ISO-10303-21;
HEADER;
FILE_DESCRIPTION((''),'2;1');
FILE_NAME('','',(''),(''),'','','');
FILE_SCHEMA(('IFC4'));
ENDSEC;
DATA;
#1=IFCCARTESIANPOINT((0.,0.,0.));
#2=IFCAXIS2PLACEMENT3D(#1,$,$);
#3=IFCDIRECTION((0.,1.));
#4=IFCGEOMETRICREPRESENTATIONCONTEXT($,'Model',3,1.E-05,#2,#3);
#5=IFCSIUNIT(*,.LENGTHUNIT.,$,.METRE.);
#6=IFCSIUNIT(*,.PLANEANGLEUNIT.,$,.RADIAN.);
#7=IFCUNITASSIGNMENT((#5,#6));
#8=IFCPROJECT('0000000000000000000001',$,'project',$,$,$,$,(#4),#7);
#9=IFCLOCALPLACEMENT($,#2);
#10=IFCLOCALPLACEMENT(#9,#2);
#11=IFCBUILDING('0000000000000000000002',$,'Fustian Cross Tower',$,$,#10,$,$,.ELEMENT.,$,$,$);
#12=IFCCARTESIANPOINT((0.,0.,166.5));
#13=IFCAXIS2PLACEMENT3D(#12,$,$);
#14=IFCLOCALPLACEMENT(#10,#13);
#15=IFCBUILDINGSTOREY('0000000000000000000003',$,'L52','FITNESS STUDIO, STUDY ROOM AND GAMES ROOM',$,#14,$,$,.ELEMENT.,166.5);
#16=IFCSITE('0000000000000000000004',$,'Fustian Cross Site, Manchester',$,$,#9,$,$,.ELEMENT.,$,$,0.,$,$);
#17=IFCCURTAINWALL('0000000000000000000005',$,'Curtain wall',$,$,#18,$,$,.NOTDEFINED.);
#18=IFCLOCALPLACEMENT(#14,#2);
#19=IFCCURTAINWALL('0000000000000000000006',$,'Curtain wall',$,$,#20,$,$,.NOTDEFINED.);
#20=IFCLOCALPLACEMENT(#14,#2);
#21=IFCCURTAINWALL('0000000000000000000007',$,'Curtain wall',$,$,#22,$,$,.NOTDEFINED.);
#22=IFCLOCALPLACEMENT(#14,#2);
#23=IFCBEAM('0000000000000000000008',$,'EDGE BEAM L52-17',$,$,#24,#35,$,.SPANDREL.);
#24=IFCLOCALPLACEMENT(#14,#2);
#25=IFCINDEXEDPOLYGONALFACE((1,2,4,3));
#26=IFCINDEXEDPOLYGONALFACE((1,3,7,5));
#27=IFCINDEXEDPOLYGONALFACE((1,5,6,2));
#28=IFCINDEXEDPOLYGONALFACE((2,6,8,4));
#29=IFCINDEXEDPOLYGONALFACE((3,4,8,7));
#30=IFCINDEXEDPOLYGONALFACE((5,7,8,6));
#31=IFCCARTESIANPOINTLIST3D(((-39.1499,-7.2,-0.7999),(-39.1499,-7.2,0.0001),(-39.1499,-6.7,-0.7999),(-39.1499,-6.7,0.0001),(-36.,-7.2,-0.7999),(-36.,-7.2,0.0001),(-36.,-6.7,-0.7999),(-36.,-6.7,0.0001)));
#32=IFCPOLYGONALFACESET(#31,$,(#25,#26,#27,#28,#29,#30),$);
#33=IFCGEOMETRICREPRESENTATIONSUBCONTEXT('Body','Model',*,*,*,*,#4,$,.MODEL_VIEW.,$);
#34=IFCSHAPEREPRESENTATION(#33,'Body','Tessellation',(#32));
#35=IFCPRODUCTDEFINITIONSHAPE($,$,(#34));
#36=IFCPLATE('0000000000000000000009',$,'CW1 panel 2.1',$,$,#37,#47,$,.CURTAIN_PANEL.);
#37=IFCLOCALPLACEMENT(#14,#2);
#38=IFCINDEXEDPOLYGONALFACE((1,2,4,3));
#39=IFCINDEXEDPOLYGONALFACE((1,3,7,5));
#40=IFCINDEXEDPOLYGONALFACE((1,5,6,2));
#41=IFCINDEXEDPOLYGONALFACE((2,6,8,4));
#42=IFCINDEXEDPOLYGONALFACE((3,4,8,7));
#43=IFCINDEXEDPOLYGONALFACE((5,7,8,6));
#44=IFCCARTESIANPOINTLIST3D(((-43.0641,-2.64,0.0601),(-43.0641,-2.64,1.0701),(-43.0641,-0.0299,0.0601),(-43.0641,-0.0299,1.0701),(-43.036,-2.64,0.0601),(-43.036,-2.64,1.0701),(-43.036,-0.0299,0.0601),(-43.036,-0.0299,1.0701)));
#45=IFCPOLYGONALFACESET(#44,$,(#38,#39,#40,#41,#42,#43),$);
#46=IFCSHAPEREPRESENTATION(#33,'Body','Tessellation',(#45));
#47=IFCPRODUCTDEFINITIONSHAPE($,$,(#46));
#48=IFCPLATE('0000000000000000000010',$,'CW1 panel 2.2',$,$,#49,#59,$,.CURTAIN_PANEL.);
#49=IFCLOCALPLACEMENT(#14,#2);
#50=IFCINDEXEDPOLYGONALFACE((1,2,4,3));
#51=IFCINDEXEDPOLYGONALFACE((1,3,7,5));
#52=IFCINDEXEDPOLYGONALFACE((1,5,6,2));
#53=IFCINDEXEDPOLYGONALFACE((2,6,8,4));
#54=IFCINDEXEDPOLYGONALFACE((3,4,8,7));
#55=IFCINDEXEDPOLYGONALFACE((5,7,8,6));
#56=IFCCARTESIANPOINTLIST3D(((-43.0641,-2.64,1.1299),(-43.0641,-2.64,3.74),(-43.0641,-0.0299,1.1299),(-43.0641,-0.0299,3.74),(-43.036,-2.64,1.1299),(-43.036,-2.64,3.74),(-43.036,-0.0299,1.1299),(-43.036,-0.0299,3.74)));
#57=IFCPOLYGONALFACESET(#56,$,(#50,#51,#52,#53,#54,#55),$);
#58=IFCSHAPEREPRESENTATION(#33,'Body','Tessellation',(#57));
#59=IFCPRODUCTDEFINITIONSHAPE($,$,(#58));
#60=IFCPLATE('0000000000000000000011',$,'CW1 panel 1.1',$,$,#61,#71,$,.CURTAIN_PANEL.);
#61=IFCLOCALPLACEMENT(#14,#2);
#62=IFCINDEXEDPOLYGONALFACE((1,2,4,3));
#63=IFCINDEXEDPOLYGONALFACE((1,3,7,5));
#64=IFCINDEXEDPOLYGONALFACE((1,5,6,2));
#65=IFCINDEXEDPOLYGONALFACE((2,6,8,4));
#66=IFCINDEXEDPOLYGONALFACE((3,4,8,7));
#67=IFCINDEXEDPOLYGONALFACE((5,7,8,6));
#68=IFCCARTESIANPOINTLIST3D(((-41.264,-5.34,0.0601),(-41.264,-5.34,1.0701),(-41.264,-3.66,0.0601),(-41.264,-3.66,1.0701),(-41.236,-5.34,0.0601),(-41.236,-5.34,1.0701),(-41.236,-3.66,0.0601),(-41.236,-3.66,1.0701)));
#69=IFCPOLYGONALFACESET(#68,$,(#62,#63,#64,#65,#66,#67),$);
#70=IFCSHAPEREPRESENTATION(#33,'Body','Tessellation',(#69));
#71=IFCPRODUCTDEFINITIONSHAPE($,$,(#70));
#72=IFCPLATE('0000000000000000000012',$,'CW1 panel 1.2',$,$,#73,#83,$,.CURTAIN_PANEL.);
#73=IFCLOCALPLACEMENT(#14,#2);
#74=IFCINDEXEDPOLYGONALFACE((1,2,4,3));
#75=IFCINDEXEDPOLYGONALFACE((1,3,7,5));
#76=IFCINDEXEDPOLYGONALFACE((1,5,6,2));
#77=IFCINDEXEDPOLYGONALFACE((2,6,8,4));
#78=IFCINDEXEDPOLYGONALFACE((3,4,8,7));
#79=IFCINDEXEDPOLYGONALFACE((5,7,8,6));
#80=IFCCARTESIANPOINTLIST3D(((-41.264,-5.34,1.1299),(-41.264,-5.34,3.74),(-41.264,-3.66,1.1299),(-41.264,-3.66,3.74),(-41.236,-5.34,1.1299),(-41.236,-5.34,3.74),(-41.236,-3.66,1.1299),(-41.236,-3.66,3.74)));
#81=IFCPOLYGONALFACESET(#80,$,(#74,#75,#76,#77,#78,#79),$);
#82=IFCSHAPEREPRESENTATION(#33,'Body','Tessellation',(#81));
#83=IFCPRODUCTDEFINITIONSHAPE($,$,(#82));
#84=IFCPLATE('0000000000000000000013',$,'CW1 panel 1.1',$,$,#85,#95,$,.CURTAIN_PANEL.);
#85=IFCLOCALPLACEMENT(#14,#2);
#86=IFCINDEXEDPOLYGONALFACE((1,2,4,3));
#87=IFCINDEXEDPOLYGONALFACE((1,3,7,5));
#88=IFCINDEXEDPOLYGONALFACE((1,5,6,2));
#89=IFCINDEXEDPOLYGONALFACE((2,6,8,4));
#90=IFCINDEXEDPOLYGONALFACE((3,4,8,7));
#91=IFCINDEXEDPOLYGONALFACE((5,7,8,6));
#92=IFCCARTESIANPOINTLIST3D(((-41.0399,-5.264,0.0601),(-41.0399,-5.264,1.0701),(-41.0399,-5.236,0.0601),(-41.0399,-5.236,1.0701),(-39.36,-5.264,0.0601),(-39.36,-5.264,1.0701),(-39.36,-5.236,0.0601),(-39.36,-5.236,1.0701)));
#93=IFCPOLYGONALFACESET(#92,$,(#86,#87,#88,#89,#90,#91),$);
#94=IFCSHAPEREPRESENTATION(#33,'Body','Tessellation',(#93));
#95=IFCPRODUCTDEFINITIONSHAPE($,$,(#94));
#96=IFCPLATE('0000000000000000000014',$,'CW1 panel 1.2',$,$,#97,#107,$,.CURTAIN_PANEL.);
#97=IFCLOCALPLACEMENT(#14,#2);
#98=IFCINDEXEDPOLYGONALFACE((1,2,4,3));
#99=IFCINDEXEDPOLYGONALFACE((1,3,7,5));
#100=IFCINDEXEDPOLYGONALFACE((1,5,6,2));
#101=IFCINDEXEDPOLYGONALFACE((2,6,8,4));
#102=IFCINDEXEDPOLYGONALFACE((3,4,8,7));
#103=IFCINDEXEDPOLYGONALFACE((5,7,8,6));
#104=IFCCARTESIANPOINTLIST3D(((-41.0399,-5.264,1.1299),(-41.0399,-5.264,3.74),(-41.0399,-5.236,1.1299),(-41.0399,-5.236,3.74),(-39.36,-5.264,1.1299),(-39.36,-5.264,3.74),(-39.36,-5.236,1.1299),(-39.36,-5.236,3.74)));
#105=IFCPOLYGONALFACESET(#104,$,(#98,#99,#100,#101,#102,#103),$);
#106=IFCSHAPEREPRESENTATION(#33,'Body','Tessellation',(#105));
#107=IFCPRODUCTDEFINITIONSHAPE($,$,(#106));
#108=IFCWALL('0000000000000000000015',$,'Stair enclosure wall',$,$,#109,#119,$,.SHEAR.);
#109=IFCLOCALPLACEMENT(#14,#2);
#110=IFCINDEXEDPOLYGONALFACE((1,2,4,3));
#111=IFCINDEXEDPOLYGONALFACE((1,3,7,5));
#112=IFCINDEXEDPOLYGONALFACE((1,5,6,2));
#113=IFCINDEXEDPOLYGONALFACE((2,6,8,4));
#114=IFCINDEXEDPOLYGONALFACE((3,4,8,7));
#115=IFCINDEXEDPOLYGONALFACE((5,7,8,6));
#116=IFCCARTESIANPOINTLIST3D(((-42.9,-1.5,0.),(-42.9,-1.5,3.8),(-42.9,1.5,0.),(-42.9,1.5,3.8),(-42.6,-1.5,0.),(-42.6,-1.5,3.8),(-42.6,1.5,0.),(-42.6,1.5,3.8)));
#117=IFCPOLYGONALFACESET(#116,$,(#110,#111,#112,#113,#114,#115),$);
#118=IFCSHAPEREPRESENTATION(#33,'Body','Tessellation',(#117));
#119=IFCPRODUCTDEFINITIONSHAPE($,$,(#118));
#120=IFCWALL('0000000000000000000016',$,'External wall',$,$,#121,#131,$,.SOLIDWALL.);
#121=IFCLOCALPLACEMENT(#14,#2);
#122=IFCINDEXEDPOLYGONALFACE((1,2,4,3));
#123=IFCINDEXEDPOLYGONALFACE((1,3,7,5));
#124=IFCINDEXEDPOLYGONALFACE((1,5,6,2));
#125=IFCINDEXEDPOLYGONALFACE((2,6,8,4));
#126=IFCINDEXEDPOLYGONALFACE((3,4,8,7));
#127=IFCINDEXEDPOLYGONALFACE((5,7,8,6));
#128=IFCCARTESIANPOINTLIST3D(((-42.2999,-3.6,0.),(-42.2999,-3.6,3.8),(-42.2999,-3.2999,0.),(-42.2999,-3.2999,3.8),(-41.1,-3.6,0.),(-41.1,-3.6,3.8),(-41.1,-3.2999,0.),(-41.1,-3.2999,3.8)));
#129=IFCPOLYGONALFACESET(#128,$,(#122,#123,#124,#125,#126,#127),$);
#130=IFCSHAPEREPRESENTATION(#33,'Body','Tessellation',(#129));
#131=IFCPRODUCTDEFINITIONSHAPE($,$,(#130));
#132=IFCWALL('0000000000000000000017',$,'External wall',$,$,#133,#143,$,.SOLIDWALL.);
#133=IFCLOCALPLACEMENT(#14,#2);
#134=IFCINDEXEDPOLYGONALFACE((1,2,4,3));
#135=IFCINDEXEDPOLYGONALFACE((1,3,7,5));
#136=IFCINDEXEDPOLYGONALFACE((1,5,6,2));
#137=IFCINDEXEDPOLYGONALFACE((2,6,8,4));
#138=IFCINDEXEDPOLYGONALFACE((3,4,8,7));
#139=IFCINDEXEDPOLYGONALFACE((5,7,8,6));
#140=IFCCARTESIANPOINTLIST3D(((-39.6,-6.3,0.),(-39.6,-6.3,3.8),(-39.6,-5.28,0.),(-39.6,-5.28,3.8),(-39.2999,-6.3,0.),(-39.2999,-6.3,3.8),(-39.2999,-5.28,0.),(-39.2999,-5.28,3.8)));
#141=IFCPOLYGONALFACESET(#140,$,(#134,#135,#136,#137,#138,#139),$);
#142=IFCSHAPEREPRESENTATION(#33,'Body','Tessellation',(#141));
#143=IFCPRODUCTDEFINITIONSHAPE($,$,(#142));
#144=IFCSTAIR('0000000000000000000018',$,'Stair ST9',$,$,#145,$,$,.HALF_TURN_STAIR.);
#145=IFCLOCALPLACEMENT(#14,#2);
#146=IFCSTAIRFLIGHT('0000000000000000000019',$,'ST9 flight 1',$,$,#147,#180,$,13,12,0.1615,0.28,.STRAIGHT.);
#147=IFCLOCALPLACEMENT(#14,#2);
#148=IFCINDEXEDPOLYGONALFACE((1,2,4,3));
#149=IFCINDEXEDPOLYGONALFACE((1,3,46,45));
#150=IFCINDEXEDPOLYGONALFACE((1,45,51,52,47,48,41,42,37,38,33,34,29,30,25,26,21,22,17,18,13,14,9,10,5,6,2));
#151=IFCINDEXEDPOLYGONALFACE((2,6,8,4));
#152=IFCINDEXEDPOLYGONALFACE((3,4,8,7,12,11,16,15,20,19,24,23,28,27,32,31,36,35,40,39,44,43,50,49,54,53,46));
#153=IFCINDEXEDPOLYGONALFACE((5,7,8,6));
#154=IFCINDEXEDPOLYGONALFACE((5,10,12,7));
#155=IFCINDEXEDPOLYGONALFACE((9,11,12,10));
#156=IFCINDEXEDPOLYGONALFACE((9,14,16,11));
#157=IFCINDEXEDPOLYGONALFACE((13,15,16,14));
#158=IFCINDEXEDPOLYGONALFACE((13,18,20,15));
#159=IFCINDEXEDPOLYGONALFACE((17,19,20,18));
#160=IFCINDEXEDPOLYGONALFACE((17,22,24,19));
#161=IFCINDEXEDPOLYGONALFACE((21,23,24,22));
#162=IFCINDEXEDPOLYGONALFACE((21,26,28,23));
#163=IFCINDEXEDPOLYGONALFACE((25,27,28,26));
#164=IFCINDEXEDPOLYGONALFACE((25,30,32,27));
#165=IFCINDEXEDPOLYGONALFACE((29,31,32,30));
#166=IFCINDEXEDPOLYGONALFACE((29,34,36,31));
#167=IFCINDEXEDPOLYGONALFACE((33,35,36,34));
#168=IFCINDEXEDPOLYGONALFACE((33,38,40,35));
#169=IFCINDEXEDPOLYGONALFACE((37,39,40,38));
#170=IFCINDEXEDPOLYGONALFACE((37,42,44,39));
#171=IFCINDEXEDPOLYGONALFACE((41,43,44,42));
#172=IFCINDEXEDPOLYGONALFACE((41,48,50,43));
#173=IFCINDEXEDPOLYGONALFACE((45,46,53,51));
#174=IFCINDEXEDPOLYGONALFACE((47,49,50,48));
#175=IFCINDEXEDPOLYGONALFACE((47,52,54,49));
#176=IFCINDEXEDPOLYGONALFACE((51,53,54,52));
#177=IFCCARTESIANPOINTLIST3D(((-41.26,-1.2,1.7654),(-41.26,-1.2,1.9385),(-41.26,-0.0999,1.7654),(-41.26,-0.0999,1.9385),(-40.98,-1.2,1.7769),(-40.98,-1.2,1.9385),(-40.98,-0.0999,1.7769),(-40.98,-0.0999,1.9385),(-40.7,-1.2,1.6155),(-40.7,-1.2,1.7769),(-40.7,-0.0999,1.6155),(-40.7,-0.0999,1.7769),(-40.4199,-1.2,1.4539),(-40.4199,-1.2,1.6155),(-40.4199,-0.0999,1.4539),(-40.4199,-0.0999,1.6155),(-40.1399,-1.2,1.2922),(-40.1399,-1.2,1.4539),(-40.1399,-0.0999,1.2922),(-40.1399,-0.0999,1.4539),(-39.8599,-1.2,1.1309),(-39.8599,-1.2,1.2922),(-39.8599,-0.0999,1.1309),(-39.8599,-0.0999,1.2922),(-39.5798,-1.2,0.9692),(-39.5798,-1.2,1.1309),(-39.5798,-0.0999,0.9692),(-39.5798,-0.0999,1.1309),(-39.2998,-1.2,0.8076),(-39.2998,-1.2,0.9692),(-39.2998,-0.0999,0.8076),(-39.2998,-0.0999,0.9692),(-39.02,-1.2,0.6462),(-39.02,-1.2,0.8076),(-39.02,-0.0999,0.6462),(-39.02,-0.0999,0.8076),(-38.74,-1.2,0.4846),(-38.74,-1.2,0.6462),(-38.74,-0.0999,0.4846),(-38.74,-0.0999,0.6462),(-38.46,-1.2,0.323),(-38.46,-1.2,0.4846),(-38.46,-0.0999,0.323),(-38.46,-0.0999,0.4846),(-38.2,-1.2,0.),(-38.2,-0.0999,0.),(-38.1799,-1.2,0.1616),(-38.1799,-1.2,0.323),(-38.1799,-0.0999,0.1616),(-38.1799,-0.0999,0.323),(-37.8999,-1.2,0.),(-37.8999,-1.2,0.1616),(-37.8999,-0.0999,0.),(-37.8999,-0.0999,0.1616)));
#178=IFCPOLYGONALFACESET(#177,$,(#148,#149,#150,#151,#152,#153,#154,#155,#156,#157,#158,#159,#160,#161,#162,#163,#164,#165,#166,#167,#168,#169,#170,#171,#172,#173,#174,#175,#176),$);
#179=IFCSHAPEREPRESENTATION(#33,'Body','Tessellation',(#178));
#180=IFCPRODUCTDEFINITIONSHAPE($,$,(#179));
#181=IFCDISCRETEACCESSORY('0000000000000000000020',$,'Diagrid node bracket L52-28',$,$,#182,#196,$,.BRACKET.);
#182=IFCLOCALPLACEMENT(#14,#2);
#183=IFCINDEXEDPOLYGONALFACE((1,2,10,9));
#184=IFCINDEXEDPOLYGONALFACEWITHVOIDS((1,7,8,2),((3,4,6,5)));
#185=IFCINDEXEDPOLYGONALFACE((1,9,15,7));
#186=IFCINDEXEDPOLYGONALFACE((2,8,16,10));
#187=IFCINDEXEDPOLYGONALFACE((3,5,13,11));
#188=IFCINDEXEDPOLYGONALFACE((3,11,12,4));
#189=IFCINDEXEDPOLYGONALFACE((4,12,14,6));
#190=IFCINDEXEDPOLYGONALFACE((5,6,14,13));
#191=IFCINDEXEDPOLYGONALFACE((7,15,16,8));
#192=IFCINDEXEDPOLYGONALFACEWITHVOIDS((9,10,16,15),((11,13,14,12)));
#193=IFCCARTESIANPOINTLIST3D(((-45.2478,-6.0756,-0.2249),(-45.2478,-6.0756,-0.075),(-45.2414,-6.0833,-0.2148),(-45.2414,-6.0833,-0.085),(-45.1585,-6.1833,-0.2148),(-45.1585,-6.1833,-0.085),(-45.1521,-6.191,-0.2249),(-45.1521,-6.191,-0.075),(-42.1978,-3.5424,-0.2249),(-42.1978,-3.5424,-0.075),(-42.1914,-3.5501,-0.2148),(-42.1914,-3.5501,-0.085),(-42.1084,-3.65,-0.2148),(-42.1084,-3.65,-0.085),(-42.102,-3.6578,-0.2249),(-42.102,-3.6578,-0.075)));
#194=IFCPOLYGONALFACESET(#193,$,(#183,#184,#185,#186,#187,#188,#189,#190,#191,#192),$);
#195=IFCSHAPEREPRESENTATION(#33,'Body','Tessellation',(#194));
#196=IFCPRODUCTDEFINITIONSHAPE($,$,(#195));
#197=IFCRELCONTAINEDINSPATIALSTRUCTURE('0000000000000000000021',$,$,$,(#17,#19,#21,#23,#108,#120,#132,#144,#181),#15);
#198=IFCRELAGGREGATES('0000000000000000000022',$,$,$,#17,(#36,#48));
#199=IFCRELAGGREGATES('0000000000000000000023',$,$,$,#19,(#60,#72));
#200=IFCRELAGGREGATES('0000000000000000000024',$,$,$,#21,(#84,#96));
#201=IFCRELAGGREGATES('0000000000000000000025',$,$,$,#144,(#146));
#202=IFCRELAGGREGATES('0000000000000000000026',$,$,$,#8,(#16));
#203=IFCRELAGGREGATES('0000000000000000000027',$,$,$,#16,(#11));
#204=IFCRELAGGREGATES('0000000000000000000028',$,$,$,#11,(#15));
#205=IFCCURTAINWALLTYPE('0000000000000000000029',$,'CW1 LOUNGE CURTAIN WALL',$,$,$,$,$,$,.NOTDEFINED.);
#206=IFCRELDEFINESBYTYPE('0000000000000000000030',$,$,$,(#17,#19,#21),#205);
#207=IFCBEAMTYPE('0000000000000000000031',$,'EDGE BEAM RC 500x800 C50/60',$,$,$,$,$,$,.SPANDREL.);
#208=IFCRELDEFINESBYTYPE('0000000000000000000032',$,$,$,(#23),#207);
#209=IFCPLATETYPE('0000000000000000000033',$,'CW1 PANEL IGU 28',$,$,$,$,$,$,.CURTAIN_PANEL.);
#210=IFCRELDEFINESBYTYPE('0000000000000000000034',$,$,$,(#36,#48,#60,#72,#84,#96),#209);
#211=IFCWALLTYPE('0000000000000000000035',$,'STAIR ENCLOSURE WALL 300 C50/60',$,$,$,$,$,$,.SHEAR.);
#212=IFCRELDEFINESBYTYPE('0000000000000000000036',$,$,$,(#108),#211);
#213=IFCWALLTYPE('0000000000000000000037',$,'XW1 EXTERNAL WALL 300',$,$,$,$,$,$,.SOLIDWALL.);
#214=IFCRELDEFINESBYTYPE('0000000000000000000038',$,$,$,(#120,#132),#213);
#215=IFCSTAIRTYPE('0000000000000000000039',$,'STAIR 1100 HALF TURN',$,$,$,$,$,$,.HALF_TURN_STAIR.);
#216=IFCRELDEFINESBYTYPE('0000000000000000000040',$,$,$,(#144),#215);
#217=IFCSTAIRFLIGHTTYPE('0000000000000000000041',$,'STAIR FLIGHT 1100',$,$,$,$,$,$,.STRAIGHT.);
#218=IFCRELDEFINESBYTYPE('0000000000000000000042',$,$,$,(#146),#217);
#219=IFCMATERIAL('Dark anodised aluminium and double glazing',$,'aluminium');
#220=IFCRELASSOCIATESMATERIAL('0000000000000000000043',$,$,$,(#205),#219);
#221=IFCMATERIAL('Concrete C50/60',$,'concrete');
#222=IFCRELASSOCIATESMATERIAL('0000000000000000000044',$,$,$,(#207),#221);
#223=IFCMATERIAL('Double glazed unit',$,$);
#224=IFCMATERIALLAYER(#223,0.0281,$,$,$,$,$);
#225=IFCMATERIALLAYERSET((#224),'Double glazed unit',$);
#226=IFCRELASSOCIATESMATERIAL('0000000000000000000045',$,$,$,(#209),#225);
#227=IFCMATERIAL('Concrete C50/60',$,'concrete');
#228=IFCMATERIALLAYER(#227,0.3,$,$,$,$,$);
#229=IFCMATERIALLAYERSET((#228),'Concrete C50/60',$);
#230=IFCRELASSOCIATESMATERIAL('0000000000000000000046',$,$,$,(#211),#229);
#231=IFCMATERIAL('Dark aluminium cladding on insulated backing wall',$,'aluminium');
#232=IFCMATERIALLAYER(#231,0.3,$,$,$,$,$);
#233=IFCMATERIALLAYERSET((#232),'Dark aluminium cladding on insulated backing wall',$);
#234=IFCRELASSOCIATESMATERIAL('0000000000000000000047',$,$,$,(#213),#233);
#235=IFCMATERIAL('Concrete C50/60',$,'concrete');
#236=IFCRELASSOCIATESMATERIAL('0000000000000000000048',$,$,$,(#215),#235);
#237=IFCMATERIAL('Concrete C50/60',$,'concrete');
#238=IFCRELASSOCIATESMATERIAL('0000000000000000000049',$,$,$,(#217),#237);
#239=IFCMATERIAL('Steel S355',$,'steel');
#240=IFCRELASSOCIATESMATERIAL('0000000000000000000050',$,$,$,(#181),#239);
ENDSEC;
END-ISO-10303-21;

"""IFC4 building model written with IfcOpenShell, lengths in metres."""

from ifc_helpers import new_model, si_unit, direction, frame, frame_2d, origin, origin_2d, place, context, subcontext, project, spatial, polyline, rectangle, hollow_rectangle, outline, extrude, material, layer, layer_set, material_profile, profile_set, type_object, element, aggregate, save


model = new_model("IFC4")

# Units and contexts
model_context = context("Model", 3, precision=1e-05, world=origin(), true_north=direction((0.0, 1.0)))
body_context = subcontext(model_context, "Body", "Model", "MODEL_VIEW")
ifc_project = project(units=[si_unit("LENGTHUNIT", "METRE"), si_unit("PLANEANGLEUNIT", "RADIAN")], contexts=[model_context])

# Site, building, storey
site_placement = place(None, origin())
site = spatial("IfcSite", under=ifc_project, at=site_placement, Name="Fustian Cross Site, Manchester", CompositionType="ELEMENT", RefElevation=0.0)
building_placement = place(site_placement, origin())
building = spatial("IfcBuilding", under=site, at=building_placement, Name="Fustian Cross Tower", CompositionType="ELEMENT")
storey_placement = place(building_placement, frame((0.0, 0.0, 166.5)))
storey = spatial("IfcBuildingStorey", under=building, at=storey_placement, Name="L52", Description="FITNESS STUDIO, STUDY ROOM AND GAMES ROOM", CompositionType="ELEMENT", Elevation=166.5)

# Curtain wall
ifc_material_1 = material(Name="Dark anodised aluminium and double glazing", Category="aluminium")
curtain_wall_type = type_object("IfcCurtainWallType", Name="CW1 LOUNGE CURTAIN WALL", PredefinedType="NOTDEFINED", material=ifc_material_1)
curtain_wall_1_placement = place(storey_placement, origin())
curtain_wall_1 = element("IfcCurtainWall", 1, at=curtain_wall_1_placement, inside=storey, type_object=curtain_wall_type, Name="Curtain wall", PredefinedType="NOTDEFINED")

# Curtain walls
curtain_wall_2_placement = place(storey_placement, origin())
curtain_wall_2 = element("IfcCurtainWall", 2, at=curtain_wall_2_placement, inside=storey, type_object=curtain_wall_type, Name="Curtain wall", PredefinedType="NOTDEFINED")
curtain_wall_3_placement = place(storey_placement, origin())
curtain_wall_3 = element("IfcCurtainWall", 3, at=curtain_wall_3_placement, inside=storey, type_object=curtain_wall_type, Name="Curtain wall", PredefinedType="NOTDEFINED")

# Beam
ifc_material_2 = material(Name="Concrete C50/60", Category="concrete")
ifc_material_profile_1 = material_profile(ifc_material_2, rectangle(XDim=0.5, YDim=0.8, at=origin_2d()), Name="RC 500x800")
ifc_profile_set_1 = profile_set([ifc_material_profile_1], Name="Concrete C50/60")
beam_type = type_object("IfcBeamType", Name="EDGE BEAM RC 500x800 C50/60", PredefinedType="SPANDREL", material=ifc_profile_set_1)
beam_placement = place(storey_placement, frame((-39.1499, -6.95, -0.3999), z_axis=(1.0, 0.0, 0.0), x_axis=(0.0, 1.0, 0.0)))
element("IfcBeam", 4, at=beam_placement, inside=storey, type_object=beam_type, Name="EDGE BEAM L52-17", PredefinedType="SPANDREL", context=body_context, shape_type="SweptSolid", body=[
    extrude(rectangle(XDim=0.5, YDim=0.8, at=origin_2d()), origin(), (0.0, 0.0, 1.0), 3.1499),
])

# Plates
ifc_material_3 = material(Name="Double glazed unit")
ifc_layer_1 = layer(ifc_material_3, 0.0281)
ifc_layer_set_1 = layer_set([ifc_layer_1], Name="Double glazed unit")
plate_type = type_object("IfcPlateType", Name="CW1 PANEL IGU 28", PredefinedType="CURTAIN_PANEL", material=ifc_layer_set_1)
plate_1_placement = place(storey_placement, frame((-43.05, -1.335, 0.0601), z_axis=(0.0, 0.0, 1.0), x_axis=(0.0, -1.0, 0.0)))
plate_1 = element("IfcPlate", 5, at=plate_1_placement, type_object=plate_type, Name="CW1 panel 2.1", PredefinedType="CURTAIN_PANEL", context=body_context, shape_type="SweptSolid", body=[
    extrude(rectangle(XDim=2.6101, YDim=0.0281, at=origin_2d()), origin(), (0.0, 0.0, 1.0), 1.01),
])
plate_2_placement = place(storey_placement, frame((-43.05, -1.335, 1.1299), z_axis=(0.0, 0.0, 1.0), x_axis=(0.0, -1.0, 0.0)))
plate_2 = element("IfcPlate", 6, at=plate_2_placement, type_object=plate_type, Name="CW1 panel 2.2", PredefinedType="CURTAIN_PANEL", context=body_context, shape_type="SweptSolid", body=[
    extrude(rectangle(XDim=2.6101, YDim=0.0281, at=origin_2d()), origin(), (0.0, 0.0, 1.0), 2.6101),
])
aggregate(curtain_wall_1, [plate_1, plate_2])
plate_3_placement = place(storey_placement, frame((-41.25, -4.5, 0.0601), z_axis=(0.0, 0.0, 1.0), x_axis=(0.0, -1.0, 0.0)))
plate_3 = element("IfcPlate", 7, at=plate_3_placement, type_object=plate_type, Name="CW1 panel 1.1", PredefinedType="CURTAIN_PANEL", context=body_context, shape_type="SweptSolid", body=[
    extrude(rectangle(XDim=1.6799, YDim=0.0281, at=origin_2d()), origin(), (0.0, 0.0, 1.0), 1.01),
])
plate_4_placement = place(storey_placement, frame((-41.25, -4.5, 1.1299), z_axis=(0.0, 0.0, 1.0), x_axis=(0.0, -1.0, 0.0)))
plate_4 = element("IfcPlate", 8, at=plate_4_placement, type_object=plate_type, Name="CW1 panel 1.2", PredefinedType="CURTAIN_PANEL", context=body_context, shape_type="SweptSolid", body=[
    extrude(rectangle(XDim=1.6799, YDim=0.0281, at=origin_2d()), origin(), (0.0, 0.0, 1.0), 2.6101),
])
aggregate(curtain_wall_2, [plate_3, plate_4])
plate_5_placement = place(storey_placement, frame((-40.2, -5.25, 0.0601), z_axis=(0.0, 0.0, 1.0), x_axis=(1.0, 0.0, 0.0)))
plate_5 = element("IfcPlate", 9, at=plate_5_placement, type_object=plate_type, Name="CW1 panel 1.1", PredefinedType="CURTAIN_PANEL", context=body_context, shape_type="SweptSolid", body=[
    extrude(rectangle(XDim=1.6799, YDim=0.0281, at=origin_2d()), origin(), (0.0, 0.0, 1.0), 1.01),
])
plate_6_placement = place(storey_placement, frame((-40.2, -5.25, 1.1299), z_axis=(0.0, 0.0, 1.0), x_axis=(1.0, 0.0, 0.0)))
plate_6 = element("IfcPlate", 10, at=plate_6_placement, type_object=plate_type, Name="CW1 panel 1.2", PredefinedType="CURTAIN_PANEL", context=body_context, shape_type="SweptSolid", body=[
    extrude(rectangle(XDim=1.6799, YDim=0.0281, at=origin_2d()), origin(), (0.0, 0.0, 1.0), 2.6101),
])
aggregate(curtain_wall_3, [plate_5, plate_6])

# Walls
ifc_material_4 = material(Name="Concrete C50/60", Category="concrete")
ifc_layer_2 = layer(ifc_material_4, 0.3)
ifc_layer_set_2 = layer_set([ifc_layer_2], Name="Concrete C50/60")
wall_type_1 = type_object("IfcWallType", Name="STAIR ENCLOSURE WALL 300 C50/60", PredefinedType="SHEAR", material=ifc_layer_set_2)
wall_1_placement = place(storey_placement, frame((-42.75, -1.5, 0.0), z_axis=(0.0, 0.0, 1.0), x_axis=(0.0, 1.0, 0.0)))
element("IfcWall", 11, at=wall_1_placement, inside=storey, type_object=wall_type_1, Name="Stair enclosure wall", PredefinedType="SHEAR", context=body_context, shape_type="SweptSolid", body=[
    extrude(rectangle(XDim=3.0, YDim=0.3, at=frame_2d((1.5, 0.0))), origin(), (0.0, 0.0, 1.0), 3.8),
])
ifc_material_5 = material(Name="Dark aluminium cladding on insulated backing wall", Category="aluminium")
ifc_layer_3 = layer(ifc_material_5, 0.3)
ifc_layer_set_3 = layer_set([ifc_layer_3], Name="Dark aluminium cladding on insulated backing wall")
wall_type_2 = type_object("IfcWallType", Name="XW1 EXTERNAL WALL 300", PredefinedType="SOLIDWALL", material=ifc_layer_set_3)
wall_2_placement = place(storey_placement, frame((-42.3, -3.45, 0.0), z_axis=(0.0, 0.0, 1.0), x_axis=(1.0, 0.0, 0.0)))
element("IfcWall", 12, at=wall_2_placement, inside=storey, type_object=wall_type_2, Name="External wall", PredefinedType="SOLIDWALL", context=body_context, shape_type="SweptSolid", body=[
    extrude(rectangle(XDim=1.2, YDim=0.3, at=frame_2d((0.6001, 0.0))), origin(), (0.0, 0.0, 1.0), 3.8),
])
wall_3_placement = place(storey_placement, frame((-39.45, -5.28, 0.0), z_axis=(0.0, 0.0, 1.0), x_axis=(0.0, -1.0, 0.0)))
element("IfcWall", 13, at=wall_3_placement, inside=storey, type_object=wall_type_2, Name="External wall", PredefinedType="SOLIDWALL", context=body_context, shape_type="SweptSolid", body=[
    extrude(rectangle(XDim=1.02, YDim=0.3, at=frame_2d((0.51, 0.0))), origin(), (0.0, 0.0, 1.0), 3.8),
])

# Stair, stair flight
ifc_material_6 = material(Name="Concrete C50/60", Category="concrete")
stair_type = type_object("IfcStairType", Name="STAIR 1100 HALF TURN", PredefinedType="HALF_TURN_STAIR", material=ifc_material_6)
stair_placement = place(storey_placement, origin())
stair = element("IfcStair", 14, at=stair_placement, inside=storey, type_object=stair_type, Name="Stair ST9", PredefinedType="HALF_TURN_STAIR")
ifc_material_7 = material(Name="Concrete C50/60", Category="concrete")
stair_flight_type = type_object("IfcStairFlightType", Name="STAIR FLIGHT 1100", PredefinedType="STRAIGHT", material=ifc_material_7)
stair_flight_placement = place(storey_placement, frame((-37.8999, -0.6499, 0.0), z_axis=(0.0, 0.0, 1.0), x_axis=(-1.0, 0.0, 0.0)))
stair_flight = element("IfcStairFlight", 15, at=stair_flight_placement, type_object=stair_flight_type, Name="ST9 flight 1", NumberOfRisers=13, NumberOfTreads=12, PredefinedType="STRAIGHT", RiserHeight=0.1615, TreadLength=0.28, context=body_context, shape_type="SweptSolid", body=[
    extrude(outline(polyline([(0.0, 0.0), (0.0, 0.1616), (0.28, 0.1616), (0.28, 0.323), (0.5601, 0.323), (0.5601, 0.4846), (0.8401, 0.4846), (0.8401, 0.6462), (1.1201, 0.6462), (1.1201, 0.8076), (1.3999, 0.8076), (1.3999, 0.9692), (1.6799, 0.9692), (1.6799, 1.1309), (1.96, 1.1309), (1.96, 1.2922), (2.24, 1.2922), (2.24, 1.4539), (2.52, 1.4539), (2.52, 1.6155), (2.8, 1.6155), (2.8, 1.7769), (3.0801, 1.7769), (3.0801, 1.9385), (3.3601, 1.9385), (3.3601, 2.1001), (3.3601, 1.7654), (0.3, 0.0), (0.0, 0.0)])), frame((0.0, 0.55, 0.0), z_axis=(0.0, -1.0, 0.0), x_axis=(1.0, 0.0, 0.0)), (0.0, 0.0, 1.0), 1.1001),
])
aggregate(stair, [stair_flight])

# Discrete accessory
ifc_material_8 = material(Name="Steel S355", Category="steel")
discrete_accessory_1_placement = place(storey_placement, frame((-45.2, -6.1333, -0.1499), z_axis=(0.769275, 0.638918, 0.0), x_axis=(-0.638918, 0.769275, 0.0)))
element("IfcDiscreteAccessory", 16, at=discrete_accessory_1_placement, inside=storey, material=ifc_material_8, Name="Diagrid node bracket L52-28", PredefinedType="BRACKET", context=body_context, shape_type="SweptSolid", body=[
    extrude(hollow_rectangle(XDim=0.1499, YDim=0.1499, WallThickness=0.01, at=origin_2d()), origin(), (0.0, 0.0, 1.0), 3.9648),
])

save(model, "model.ifc")
